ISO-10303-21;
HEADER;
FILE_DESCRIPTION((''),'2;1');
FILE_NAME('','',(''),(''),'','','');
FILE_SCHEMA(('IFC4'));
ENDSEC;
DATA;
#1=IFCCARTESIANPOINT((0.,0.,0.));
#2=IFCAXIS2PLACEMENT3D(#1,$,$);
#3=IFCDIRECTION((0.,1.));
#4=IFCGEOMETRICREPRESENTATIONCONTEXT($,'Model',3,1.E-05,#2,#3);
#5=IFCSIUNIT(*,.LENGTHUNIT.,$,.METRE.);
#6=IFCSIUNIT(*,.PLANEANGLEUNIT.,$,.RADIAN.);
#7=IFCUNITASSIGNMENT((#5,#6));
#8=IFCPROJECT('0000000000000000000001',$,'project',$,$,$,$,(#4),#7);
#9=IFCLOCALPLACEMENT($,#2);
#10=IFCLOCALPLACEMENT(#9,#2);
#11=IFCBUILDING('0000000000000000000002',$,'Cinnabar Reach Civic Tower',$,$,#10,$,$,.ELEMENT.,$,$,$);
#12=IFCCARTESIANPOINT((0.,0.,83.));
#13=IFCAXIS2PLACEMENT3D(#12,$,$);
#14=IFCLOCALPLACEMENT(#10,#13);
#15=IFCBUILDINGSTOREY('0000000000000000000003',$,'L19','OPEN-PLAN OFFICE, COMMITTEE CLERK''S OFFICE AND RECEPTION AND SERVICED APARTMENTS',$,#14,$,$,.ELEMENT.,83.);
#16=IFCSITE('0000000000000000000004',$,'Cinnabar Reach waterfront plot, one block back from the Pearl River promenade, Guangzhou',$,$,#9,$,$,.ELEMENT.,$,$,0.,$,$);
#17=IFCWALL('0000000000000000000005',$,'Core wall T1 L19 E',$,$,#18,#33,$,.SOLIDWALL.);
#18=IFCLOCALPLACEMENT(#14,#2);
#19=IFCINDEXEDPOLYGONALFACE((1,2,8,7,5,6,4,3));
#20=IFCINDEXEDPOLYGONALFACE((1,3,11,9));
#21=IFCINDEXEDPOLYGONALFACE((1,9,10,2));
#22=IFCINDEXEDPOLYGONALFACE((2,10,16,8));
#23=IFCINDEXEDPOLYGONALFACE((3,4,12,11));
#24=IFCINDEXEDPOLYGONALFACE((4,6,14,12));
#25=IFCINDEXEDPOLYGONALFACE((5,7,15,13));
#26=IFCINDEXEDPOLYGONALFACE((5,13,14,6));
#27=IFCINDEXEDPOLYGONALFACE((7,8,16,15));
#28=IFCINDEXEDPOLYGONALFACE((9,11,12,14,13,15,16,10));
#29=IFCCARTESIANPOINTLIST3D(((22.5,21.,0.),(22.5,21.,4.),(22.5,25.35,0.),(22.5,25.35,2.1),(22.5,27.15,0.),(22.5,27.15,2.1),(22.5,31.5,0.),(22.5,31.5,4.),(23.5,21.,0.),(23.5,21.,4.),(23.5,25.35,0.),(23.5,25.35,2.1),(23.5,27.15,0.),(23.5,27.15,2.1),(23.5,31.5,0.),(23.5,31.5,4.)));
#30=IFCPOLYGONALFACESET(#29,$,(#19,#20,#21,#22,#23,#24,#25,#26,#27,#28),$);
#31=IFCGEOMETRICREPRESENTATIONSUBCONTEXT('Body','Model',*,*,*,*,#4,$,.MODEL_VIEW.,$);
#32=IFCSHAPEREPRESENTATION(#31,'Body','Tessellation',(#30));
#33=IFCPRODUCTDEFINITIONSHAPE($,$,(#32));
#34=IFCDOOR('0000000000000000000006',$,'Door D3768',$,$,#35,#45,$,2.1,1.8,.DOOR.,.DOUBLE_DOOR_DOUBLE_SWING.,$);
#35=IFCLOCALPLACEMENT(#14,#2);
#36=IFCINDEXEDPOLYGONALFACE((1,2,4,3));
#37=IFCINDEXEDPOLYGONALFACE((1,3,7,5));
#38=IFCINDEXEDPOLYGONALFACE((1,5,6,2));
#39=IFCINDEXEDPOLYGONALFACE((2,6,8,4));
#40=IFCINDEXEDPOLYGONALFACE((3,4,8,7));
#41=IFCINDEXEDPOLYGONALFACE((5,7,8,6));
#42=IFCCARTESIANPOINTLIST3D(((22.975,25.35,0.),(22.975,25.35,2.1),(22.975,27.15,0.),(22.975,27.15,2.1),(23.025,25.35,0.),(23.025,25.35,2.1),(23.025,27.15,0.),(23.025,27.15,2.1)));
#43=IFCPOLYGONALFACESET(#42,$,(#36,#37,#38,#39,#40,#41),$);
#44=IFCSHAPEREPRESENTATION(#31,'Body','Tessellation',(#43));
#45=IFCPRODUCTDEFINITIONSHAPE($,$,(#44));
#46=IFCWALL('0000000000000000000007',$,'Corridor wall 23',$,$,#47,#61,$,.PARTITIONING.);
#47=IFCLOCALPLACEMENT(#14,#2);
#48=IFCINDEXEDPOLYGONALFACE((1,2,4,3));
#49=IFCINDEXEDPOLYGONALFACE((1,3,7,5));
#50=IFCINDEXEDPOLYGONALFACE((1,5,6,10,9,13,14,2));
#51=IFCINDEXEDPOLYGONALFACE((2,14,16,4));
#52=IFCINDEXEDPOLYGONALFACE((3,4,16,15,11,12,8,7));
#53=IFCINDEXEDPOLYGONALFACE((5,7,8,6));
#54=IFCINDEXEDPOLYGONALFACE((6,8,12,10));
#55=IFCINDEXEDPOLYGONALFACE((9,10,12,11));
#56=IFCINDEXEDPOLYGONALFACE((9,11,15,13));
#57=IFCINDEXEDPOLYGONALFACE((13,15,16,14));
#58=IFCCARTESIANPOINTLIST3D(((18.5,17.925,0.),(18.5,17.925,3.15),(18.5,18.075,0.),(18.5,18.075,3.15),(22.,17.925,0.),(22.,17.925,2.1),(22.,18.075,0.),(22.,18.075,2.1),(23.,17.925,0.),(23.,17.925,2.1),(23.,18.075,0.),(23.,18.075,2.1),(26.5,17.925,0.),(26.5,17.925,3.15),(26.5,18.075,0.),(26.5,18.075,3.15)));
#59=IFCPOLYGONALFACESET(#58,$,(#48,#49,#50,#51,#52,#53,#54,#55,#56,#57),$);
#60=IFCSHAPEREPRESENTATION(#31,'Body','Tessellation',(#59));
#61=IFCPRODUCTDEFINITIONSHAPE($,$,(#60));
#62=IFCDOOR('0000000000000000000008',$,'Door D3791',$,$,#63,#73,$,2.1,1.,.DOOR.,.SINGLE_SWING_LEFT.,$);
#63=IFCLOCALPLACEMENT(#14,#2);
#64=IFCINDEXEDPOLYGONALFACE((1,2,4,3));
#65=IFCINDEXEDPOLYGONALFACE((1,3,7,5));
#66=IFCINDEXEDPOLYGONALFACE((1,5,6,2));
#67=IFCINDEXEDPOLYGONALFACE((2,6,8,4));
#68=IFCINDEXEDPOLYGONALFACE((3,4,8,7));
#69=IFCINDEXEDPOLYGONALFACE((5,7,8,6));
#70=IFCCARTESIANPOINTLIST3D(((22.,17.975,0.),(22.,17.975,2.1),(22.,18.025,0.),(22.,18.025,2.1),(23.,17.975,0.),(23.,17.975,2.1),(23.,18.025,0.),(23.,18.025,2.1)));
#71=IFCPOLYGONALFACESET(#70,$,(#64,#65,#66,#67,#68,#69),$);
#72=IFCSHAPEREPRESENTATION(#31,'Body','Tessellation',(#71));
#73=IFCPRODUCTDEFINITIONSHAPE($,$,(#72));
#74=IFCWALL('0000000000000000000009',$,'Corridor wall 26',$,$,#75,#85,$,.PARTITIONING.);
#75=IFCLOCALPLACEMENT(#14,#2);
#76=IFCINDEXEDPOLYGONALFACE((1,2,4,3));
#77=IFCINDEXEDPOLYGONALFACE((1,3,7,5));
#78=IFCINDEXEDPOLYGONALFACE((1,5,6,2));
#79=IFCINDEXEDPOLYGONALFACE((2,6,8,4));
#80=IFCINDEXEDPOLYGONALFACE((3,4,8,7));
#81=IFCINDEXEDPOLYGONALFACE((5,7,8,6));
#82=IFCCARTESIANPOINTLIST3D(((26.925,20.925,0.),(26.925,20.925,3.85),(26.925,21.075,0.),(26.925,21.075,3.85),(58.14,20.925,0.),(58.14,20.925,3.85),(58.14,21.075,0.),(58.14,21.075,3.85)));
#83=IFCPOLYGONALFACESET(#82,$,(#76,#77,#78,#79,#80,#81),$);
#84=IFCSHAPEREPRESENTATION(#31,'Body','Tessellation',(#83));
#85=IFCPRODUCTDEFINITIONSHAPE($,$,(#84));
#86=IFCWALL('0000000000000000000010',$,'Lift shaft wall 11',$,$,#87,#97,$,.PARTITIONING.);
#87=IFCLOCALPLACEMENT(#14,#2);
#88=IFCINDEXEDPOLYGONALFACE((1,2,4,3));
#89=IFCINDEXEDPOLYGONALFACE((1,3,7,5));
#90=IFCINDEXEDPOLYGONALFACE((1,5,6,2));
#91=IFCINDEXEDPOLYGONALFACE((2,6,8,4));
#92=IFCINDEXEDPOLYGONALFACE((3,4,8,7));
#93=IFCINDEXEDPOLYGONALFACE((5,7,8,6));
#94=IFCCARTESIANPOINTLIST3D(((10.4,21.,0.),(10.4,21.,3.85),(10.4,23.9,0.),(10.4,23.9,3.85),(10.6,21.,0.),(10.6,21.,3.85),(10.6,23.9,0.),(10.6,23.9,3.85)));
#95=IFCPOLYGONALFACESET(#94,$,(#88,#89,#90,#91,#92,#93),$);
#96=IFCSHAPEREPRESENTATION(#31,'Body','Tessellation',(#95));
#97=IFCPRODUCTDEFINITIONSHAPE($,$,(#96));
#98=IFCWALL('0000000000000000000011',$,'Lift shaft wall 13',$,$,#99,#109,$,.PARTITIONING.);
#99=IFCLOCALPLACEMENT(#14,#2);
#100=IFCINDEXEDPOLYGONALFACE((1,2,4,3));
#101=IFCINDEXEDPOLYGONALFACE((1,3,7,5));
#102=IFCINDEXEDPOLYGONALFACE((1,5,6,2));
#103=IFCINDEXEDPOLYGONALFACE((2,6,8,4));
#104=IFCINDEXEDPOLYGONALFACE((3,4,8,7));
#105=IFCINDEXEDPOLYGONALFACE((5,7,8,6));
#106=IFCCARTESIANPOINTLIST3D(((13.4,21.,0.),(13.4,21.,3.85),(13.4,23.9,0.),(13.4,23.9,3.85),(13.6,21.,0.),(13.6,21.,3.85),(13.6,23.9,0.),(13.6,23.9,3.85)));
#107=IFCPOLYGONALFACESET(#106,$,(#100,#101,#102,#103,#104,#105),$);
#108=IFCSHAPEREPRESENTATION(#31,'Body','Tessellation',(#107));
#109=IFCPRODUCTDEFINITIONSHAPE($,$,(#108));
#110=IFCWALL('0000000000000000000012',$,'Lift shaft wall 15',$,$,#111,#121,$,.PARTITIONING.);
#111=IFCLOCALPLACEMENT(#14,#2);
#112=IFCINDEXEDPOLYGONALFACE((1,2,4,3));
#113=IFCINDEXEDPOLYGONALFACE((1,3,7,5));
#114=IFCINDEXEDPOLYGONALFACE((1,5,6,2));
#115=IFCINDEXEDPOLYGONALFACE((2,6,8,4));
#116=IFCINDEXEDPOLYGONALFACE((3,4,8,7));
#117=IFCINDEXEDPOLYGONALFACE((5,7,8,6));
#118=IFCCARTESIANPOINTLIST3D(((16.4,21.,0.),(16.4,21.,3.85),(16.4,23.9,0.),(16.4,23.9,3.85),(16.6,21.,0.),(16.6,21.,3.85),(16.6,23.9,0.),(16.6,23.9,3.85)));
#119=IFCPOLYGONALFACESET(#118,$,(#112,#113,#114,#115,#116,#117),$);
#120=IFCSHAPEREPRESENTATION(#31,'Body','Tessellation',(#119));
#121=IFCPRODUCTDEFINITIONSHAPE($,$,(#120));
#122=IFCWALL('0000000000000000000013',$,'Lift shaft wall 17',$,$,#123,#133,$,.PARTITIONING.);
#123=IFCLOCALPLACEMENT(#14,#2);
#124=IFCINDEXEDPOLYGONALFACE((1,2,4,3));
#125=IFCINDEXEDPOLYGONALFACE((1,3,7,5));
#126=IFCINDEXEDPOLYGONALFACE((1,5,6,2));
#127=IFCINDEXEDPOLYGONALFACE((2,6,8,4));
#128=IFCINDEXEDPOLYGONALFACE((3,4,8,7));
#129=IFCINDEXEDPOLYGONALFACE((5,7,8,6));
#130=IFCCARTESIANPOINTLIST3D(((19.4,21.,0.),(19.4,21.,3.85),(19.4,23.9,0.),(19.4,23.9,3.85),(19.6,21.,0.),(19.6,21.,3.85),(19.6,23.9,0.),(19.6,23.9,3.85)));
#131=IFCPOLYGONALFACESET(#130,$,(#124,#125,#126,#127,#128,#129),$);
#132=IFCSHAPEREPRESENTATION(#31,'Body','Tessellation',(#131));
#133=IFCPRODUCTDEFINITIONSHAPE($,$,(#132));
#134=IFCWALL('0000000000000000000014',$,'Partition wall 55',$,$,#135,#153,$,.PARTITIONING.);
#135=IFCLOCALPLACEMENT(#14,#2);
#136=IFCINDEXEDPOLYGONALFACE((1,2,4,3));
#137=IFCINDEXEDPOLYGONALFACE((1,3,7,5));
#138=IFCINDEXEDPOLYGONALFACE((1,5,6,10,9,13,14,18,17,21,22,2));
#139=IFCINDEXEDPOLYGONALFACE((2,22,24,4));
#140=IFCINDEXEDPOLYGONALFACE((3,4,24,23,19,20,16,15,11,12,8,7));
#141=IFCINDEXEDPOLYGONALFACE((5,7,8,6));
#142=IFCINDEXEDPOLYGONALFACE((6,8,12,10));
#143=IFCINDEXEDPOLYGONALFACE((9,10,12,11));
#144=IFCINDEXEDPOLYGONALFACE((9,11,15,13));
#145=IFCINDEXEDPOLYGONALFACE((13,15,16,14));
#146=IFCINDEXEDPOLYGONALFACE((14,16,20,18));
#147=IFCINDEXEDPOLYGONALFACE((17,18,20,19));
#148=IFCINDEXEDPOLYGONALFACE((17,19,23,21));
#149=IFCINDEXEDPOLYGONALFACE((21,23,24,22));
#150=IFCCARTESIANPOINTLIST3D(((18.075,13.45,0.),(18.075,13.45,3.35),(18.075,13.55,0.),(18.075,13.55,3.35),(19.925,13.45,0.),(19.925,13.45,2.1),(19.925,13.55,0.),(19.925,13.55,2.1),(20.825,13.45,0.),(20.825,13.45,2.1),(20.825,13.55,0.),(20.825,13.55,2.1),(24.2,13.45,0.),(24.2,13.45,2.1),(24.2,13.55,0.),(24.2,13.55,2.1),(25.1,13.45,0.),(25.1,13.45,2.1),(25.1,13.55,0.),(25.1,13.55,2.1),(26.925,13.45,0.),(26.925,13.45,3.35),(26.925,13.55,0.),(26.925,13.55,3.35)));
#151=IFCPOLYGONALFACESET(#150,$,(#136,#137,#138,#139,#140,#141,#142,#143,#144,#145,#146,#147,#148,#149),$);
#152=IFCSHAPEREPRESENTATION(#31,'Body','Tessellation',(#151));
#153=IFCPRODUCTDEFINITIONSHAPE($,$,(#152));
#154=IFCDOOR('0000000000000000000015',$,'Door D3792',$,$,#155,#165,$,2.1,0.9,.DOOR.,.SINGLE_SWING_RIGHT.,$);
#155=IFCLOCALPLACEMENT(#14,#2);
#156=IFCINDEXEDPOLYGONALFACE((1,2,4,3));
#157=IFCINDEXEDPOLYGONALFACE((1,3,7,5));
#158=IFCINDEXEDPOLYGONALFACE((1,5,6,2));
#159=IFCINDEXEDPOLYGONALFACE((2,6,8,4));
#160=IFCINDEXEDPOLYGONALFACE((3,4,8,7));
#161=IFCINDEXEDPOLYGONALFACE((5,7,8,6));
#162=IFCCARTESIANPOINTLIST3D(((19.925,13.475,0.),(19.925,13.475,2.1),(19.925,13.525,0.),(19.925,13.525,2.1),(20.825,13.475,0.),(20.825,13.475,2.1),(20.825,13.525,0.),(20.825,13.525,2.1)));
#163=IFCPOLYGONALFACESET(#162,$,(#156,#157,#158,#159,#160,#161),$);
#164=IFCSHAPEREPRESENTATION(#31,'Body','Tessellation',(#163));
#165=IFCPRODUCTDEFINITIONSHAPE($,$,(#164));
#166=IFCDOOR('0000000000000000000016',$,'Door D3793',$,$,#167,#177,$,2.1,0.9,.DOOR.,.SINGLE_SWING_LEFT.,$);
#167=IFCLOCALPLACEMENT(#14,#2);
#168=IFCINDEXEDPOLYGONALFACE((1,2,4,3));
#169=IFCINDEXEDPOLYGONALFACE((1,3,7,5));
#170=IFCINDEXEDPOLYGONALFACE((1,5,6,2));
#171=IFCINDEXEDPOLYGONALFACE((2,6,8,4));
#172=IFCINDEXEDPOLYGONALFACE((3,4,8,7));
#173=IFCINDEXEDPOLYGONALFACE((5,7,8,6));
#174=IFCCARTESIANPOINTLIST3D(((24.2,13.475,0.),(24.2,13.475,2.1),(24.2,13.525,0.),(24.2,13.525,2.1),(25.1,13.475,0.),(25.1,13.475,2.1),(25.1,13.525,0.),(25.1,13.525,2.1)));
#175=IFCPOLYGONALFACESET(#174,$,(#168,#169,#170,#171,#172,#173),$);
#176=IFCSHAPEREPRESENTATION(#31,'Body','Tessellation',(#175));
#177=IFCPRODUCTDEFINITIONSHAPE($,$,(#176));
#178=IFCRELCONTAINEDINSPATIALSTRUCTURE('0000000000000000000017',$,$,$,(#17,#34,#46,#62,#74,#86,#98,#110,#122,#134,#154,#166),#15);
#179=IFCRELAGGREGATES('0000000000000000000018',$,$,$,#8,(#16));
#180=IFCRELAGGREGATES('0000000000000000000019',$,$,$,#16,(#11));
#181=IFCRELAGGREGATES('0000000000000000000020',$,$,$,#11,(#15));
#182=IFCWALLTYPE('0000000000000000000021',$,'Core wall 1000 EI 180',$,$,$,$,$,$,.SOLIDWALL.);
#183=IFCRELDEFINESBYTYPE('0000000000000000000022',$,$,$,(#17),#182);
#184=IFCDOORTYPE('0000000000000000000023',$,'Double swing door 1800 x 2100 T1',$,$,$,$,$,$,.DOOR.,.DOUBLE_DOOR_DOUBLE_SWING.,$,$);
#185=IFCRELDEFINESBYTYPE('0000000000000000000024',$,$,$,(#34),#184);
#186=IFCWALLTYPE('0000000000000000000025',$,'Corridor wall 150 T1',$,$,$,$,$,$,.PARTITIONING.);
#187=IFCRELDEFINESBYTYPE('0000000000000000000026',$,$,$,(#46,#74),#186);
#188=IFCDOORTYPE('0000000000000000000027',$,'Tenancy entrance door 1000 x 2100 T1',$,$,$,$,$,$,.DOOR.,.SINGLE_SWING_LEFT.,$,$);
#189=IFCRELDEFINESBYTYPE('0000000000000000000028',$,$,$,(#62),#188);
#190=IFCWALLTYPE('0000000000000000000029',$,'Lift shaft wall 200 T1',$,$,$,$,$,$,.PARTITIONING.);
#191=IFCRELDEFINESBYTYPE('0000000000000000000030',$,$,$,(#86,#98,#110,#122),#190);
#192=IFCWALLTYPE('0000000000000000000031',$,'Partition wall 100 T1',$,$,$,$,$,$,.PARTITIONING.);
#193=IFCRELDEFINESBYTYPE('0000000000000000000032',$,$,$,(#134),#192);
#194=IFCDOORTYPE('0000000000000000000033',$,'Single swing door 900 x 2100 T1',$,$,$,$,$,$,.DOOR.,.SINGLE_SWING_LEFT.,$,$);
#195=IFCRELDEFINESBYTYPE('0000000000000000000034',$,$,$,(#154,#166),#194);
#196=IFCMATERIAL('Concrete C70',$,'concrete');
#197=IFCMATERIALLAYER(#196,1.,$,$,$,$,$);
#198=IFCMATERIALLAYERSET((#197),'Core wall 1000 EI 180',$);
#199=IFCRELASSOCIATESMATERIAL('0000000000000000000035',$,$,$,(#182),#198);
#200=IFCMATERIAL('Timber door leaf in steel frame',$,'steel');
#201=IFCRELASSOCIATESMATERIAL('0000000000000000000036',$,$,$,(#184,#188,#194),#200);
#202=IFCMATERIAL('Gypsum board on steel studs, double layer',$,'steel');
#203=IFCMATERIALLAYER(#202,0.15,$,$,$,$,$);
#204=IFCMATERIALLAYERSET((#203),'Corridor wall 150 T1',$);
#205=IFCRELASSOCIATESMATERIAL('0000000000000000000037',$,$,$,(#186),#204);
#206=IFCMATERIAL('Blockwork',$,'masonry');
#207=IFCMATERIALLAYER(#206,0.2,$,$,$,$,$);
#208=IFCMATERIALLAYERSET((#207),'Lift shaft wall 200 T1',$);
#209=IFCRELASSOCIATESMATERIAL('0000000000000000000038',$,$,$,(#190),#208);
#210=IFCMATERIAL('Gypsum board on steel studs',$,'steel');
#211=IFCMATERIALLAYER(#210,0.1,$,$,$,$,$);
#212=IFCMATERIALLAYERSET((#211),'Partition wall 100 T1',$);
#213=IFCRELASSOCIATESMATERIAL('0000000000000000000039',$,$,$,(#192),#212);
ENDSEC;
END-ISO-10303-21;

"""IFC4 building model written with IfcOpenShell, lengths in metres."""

from ifc_helpers import new_model, si_unit, direction, frame, frame_2d, origin, place, context, subcontext, project, spatial, rectangle, extrude, material, layer, layer_set, type_object, element, fill, save


model = new_model("IFC4")

# Units and contexts
model_context = context("Model", 3, precision=1e-05, world=origin(), true_north=direction((0.0, 1.0)))
body_context = subcontext(model_context, "Body", "Model", "MODEL_VIEW")
ifc_project = project(units=[si_unit("LENGTHUNIT", "METRE"), si_unit("PLANEANGLEUNIT", "RADIAN")], contexts=[model_context])

# Site, building, storey
site_placement = place(None, origin())
site = spatial("IfcSite", under=ifc_project, at=site_placement, Name="Cinnabar Reach waterfront plot, one block back from the Pearl River promenade, Guangzhou", CompositionType="ELEMENT", RefElevation=0.0)
building_placement = place(site_placement, origin())
building = spatial("IfcBuilding", under=site, at=building_placement, Name="Cinnabar Reach Civic Tower", CompositionType="ELEMENT")
storey_placement = place(building_placement, frame((0.0, 0.0, 83.0)))
storey = spatial("IfcBuildingStorey", under=building, at=storey_placement, Name="L19", Description="OPEN-PLAN OFFICE, COMMITTEE CLERK'S OFFICE AND RECEPTION AND SERVICED APARTMENTS", CompositionType="ELEMENT", Elevation=83.0)

# Shared definitions
ifc_material_1 = material(Name="Concrete C70", Category="concrete")

# Walls, openings, doors
ifc_layer_1 = layer(ifc_material_1, 1.0)
ifc_layer_set_1 = layer_set([ifc_layer_1], Name="Core wall 1000 EI 180")
wall_type_1 = type_object("IfcWallType", Name="Core wall 1000 EI 180", PredefinedType="SOLIDWALL", material=ifc_layer_set_1)
wall_1_placement = place(storey_placement, frame((23.0, 21.0, 0.0), z_axis=(0.0, 0.0, 1.0), x_axis=(0.0, 1.0, 0.0)))
wall_1 = element("IfcWall", 1, at=wall_1_placement, inside=storey, type_object=wall_type_1, Name="Core wall T1 L19 E", PredefinedType="SOLIDWALL", context=body_context, shape_type="SweptSolid", body=[
    extrude(rectangle(XDim=10.5, YDim=1.0, at=frame_2d((5.25, 0.0))), origin(), (0.0, 0.0, 1.0), 4.0),
])
opening_1_placement = place(wall_1_placement, frame((4.35, 0.0, 0.0)))
opening_1 = element("IfcOpeningElement", 2, at=opening_1_placement, cuts=wall_1, PredefinedType="OPENING", context=body_context, shape_type="SweptSolid", body=[
    extrude(rectangle(XDim=1.8, YDim=2.1, at=frame_2d((0.9, 1.05))), frame((0.0, 0.51, 0.0), z_axis=(0.0, -1.0, 0.0), x_axis=(1.0, 0.0, 0.0)), (0.0, 0.0, 1.0), 1.02),
])
ifc_material_2 = material(Name="Timber door leaf in steel frame", Category="steel")
door_type_1 = type_object("IfcDoorType", Name="Double swing door 1800 x 2100 T1", OperationType="DOUBLE_DOOR_DOUBLE_SWING", PredefinedType="DOOR", material=ifc_material_2)
door_1_placement = place(opening_1_placement, origin())
door_1 = element("IfcDoor", 3, at=door_1_placement, inside=storey, type_object=door_type_1, Name="Door D3768", OperationType="DOUBLE_DOOR_DOUBLE_SWING", OverallHeight=2.1, OverallWidth=1.8, PredefinedType="DOOR", context=body_context, shape_type="SweptSolid", body=[
    extrude(rectangle(XDim=1.8, YDim=2.1, at=frame_2d((0.9, 1.05))), frame((0.0, 0.025, 0.0), z_axis=(0.0, -1.0, 0.0), x_axis=(1.0, 0.0, 0.0)), (0.0, 0.0, 1.0), 0.05),
])
fill(opening_1, door_1)
ifc_material_3 = material(Name="Gypsum board on steel studs, double layer", Category="steel")
ifc_layer_2 = layer(ifc_material_3, 0.15)
ifc_layer_set_2 = layer_set([ifc_layer_2], Name="Corridor wall 150 T1")
wall_type_2 = type_object("IfcWallType", Name="Corridor wall 150 T1", PredefinedType="PARTITIONING", material=ifc_layer_set_2)
wall_2_placement = place(storey_placement, frame((18.5, 18.0, 0.0), z_axis=(0.0, 0.0, 1.0), x_axis=(1.0, 0.0, 0.0)))
wall_2 = element("IfcWall", 4, at=wall_2_placement, inside=storey, type_object=wall_type_2, Name="Corridor wall 23", PredefinedType="PARTITIONING", context=body_context, shape_type="SweptSolid", body=[
    extrude(rectangle(XDim=8.0, YDim=0.15, at=frame_2d((4.0, 0.0))), origin(), (0.0, 0.0, 1.0), 3.15),
])
opening_2_placement = place(wall_2_placement, frame((3.5, 0.0, 0.0)))
opening_2 = element("IfcOpeningElement", 5, at=opening_2_placement, cuts=wall_2, PredefinedType="OPENING", context=body_context, shape_type="SweptSolid", body=[
    extrude(rectangle(XDim=1.0, YDim=2.1, at=frame_2d((0.5, 1.05))), frame((0.0, 0.085, 0.0), z_axis=(0.0, -1.0, 0.0), x_axis=(1.0, 0.0, 0.0)), (0.0, 0.0, 1.0), 0.17),
])
door_type_2 = type_object("IfcDoorType", Name="Tenancy entrance door 1000 x 2100 T1", OperationType="SINGLE_SWING_LEFT", PredefinedType="DOOR", material=ifc_material_2)
door_2_placement = place(opening_2_placement, frame((1.0, 0.0, 0.0), z_axis=(0.0, 0.0, 1.0), x_axis=(-1.0, 0.0, 0.0)))
door_2 = element("IfcDoor", 6, at=door_2_placement, inside=storey, type_object=door_type_2, Name="Door D3791", OperationType="SINGLE_SWING_LEFT", OverallHeight=2.1, OverallWidth=1.0, PredefinedType="DOOR", context=body_context, shape_type="SweptSolid", body=[
    extrude(rectangle(XDim=1.0, YDim=2.1, at=frame_2d((0.5, 1.05))), frame((0.0, 0.025, 0.0), z_axis=(0.0, -1.0, 0.0), x_axis=(1.0, 0.0, 0.0)), (0.0, 0.0, 1.0), 0.05),
])
fill(opening_2, door_2)

# Walls
wall_3_placement = place(storey_placement, frame((26.925, 21.0, 0.0), z_axis=(0.0, 0.0, 1.0), x_axis=(1.0, 0.0, 0.0)))
element("IfcWall", 7, at=wall_3_placement, inside=storey, type_object=wall_type_2, Name="Corridor wall 26", PredefinedType="PARTITIONING", context=body_context, shape_type="SweptSolid", body=[
    extrude(rectangle(XDim=31.215, YDim=0.15, at=frame_2d((15.6075, 0.0))), origin(), (0.0, 0.0, 1.0), 3.85),
])
ifc_material_4 = material(Name="Blockwork", Category="masonry")
ifc_layer_3 = layer(ifc_material_4, 0.2)
ifc_layer_set_3 = layer_set([ifc_layer_3], Name="Lift shaft wall 200 T1")
wall_type_3 = type_object("IfcWallType", Name="Lift shaft wall 200 T1", PredefinedType="PARTITIONING", material=ifc_layer_set_3)
for number, where, z_axis, x_axis, name in (
    (8, (10.5, 21.0, 0.0), (0.0, 0.0, 1.0), (0.0, 1.0, 0.0), "Lift shaft wall 11"),
    (9, (13.5, 21.0, 0.0), (0.0, 0.0, 1.0), (0.0, 1.0, 0.0), "Lift shaft wall 13"),
    (10, (16.5, 21.0, 0.0), (0.0, 0.0, 1.0), (0.0, 1.0, 0.0), "Lift shaft wall 15"),
    (11, (19.5, 21.0, 0.0), (0.0, 0.0, 1.0), (0.0, 1.0, 0.0), "Lift shaft wall 17"),
):
    element("IfcWall", number, at=place(storey_placement, frame(where, z_axis=z_axis, x_axis=x_axis)), inside=storey, type_object=wall_type_3, Name=name, PredefinedType="PARTITIONING", context=body_context, shape_type="SweptSolid", body=[
        extrude(rectangle(XDim=2.9, YDim=0.2, at=frame_2d((1.45, 0.0))), origin(), (0.0, 0.0, 1.0), 3.85),
    ])

# Wall, openings, doors
ifc_material_5 = material(Name="Gypsum board on steel studs", Category="steel")
ifc_layer_4 = layer(ifc_material_5, 0.1)
ifc_layer_set_4 = layer_set([ifc_layer_4], Name="Partition wall 100 T1")
wall_type_4 = type_object("IfcWallType", Name="Partition wall 100 T1", PredefinedType="PARTITIONING", material=ifc_layer_set_4)
wall_4_placement = place(storey_placement, frame((18.075, 13.5, 0.0), z_axis=(0.0, 0.0, 1.0), x_axis=(1.0, 0.0, 0.0)))
wall_4 = element("IfcWall", 12, at=wall_4_placement, inside=storey, type_object=wall_type_4, Name="Partition wall 55", PredefinedType="PARTITIONING", context=body_context, shape_type="SweptSolid", body=[
    extrude(rectangle(XDim=8.85, YDim=0.1, at=frame_2d((4.425, 0.0))), origin(), (0.0, 0.0, 1.0), 3.35),
])
opening_3_placement = place(wall_4_placement, frame((1.85, 0.0, 0.0)))
opening_3 = element("IfcOpeningElement", 13, at=opening_3_placement, cuts=wall_4, PredefinedType="OPENING", context=body_context, shape_type="SweptSolid", body=[
    extrude(rectangle(XDim=0.9, YDim=2.1, at=frame_2d((0.45, 1.05))), frame((0.0, 0.06, 0.0), z_axis=(0.0, -1.0, 0.0), x_axis=(1.0, 0.0, 0.0)), (0.0, 0.0, 1.0), 0.12),
])
opening_4_placement = place(wall_4_placement, frame((6.125, 0.0, 0.0)))
opening_4 = element("IfcOpeningElement", 14, at=opening_4_placement, cuts=wall_4, PredefinedType="OPENING", context=body_context, shape_type="SweptSolid", body=[
    extrude(rectangle(XDim=0.9, YDim=2.1, at=frame_2d((0.45, 1.05))), frame((0.0, 0.06, 0.0), z_axis=(0.0, -1.0, 0.0), x_axis=(1.0, 0.0, 0.0)), (0.0, 0.0, 1.0), 0.12),
])
door_type_3 = type_object("IfcDoorType", Name="Single swing door 900 x 2100 T1", OperationType="SINGLE_SWING_LEFT", PredefinedType="DOOR", material=ifc_material_2)
door_3_placement = place(opening_3_placement, origin())
door_3 = element("IfcDoor", 15, at=door_3_placement, inside=storey, type_object=door_type_3, Name="Door D3792", OperationType="SINGLE_SWING_RIGHT", OverallHeight=2.1, OverallWidth=0.9, PredefinedType="DOOR", context=body_context, shape_type="SweptSolid", body=[
    extrude(rectangle(XDim=0.9, YDim=2.1, at=frame_2d((0.45, 1.05))), frame((0.0, 0.025, 0.0), z_axis=(0.0, -1.0, 0.0), x_axis=(1.0, 0.0, 0.0)), (0.0, 0.0, 1.0), 0.05),
])
fill(opening_3, door_3)
door_4_placement = place(opening_4_placement, origin())
door_4 = element("IfcDoor", 16, at=door_4_placement, inside=storey, type_object=door_type_3, Name="Door D3793", OperationType="SINGLE_SWING_LEFT", OverallHeight=2.1, OverallWidth=0.9, PredefinedType="DOOR", context=body_context, shape_type="SweptSolid", body=[
    extrude(rectangle(XDim=0.9, YDim=2.1, at=frame_2d((0.45, 1.05))), frame((0.0, 0.025, 0.0), z_axis=(0.0, -1.0, 0.0), x_axis=(1.0, 0.0, 0.0)), (0.0, 0.0, 1.0), 0.05),
])
fill(opening_4, door_4)

save(model, "model.ifc")
